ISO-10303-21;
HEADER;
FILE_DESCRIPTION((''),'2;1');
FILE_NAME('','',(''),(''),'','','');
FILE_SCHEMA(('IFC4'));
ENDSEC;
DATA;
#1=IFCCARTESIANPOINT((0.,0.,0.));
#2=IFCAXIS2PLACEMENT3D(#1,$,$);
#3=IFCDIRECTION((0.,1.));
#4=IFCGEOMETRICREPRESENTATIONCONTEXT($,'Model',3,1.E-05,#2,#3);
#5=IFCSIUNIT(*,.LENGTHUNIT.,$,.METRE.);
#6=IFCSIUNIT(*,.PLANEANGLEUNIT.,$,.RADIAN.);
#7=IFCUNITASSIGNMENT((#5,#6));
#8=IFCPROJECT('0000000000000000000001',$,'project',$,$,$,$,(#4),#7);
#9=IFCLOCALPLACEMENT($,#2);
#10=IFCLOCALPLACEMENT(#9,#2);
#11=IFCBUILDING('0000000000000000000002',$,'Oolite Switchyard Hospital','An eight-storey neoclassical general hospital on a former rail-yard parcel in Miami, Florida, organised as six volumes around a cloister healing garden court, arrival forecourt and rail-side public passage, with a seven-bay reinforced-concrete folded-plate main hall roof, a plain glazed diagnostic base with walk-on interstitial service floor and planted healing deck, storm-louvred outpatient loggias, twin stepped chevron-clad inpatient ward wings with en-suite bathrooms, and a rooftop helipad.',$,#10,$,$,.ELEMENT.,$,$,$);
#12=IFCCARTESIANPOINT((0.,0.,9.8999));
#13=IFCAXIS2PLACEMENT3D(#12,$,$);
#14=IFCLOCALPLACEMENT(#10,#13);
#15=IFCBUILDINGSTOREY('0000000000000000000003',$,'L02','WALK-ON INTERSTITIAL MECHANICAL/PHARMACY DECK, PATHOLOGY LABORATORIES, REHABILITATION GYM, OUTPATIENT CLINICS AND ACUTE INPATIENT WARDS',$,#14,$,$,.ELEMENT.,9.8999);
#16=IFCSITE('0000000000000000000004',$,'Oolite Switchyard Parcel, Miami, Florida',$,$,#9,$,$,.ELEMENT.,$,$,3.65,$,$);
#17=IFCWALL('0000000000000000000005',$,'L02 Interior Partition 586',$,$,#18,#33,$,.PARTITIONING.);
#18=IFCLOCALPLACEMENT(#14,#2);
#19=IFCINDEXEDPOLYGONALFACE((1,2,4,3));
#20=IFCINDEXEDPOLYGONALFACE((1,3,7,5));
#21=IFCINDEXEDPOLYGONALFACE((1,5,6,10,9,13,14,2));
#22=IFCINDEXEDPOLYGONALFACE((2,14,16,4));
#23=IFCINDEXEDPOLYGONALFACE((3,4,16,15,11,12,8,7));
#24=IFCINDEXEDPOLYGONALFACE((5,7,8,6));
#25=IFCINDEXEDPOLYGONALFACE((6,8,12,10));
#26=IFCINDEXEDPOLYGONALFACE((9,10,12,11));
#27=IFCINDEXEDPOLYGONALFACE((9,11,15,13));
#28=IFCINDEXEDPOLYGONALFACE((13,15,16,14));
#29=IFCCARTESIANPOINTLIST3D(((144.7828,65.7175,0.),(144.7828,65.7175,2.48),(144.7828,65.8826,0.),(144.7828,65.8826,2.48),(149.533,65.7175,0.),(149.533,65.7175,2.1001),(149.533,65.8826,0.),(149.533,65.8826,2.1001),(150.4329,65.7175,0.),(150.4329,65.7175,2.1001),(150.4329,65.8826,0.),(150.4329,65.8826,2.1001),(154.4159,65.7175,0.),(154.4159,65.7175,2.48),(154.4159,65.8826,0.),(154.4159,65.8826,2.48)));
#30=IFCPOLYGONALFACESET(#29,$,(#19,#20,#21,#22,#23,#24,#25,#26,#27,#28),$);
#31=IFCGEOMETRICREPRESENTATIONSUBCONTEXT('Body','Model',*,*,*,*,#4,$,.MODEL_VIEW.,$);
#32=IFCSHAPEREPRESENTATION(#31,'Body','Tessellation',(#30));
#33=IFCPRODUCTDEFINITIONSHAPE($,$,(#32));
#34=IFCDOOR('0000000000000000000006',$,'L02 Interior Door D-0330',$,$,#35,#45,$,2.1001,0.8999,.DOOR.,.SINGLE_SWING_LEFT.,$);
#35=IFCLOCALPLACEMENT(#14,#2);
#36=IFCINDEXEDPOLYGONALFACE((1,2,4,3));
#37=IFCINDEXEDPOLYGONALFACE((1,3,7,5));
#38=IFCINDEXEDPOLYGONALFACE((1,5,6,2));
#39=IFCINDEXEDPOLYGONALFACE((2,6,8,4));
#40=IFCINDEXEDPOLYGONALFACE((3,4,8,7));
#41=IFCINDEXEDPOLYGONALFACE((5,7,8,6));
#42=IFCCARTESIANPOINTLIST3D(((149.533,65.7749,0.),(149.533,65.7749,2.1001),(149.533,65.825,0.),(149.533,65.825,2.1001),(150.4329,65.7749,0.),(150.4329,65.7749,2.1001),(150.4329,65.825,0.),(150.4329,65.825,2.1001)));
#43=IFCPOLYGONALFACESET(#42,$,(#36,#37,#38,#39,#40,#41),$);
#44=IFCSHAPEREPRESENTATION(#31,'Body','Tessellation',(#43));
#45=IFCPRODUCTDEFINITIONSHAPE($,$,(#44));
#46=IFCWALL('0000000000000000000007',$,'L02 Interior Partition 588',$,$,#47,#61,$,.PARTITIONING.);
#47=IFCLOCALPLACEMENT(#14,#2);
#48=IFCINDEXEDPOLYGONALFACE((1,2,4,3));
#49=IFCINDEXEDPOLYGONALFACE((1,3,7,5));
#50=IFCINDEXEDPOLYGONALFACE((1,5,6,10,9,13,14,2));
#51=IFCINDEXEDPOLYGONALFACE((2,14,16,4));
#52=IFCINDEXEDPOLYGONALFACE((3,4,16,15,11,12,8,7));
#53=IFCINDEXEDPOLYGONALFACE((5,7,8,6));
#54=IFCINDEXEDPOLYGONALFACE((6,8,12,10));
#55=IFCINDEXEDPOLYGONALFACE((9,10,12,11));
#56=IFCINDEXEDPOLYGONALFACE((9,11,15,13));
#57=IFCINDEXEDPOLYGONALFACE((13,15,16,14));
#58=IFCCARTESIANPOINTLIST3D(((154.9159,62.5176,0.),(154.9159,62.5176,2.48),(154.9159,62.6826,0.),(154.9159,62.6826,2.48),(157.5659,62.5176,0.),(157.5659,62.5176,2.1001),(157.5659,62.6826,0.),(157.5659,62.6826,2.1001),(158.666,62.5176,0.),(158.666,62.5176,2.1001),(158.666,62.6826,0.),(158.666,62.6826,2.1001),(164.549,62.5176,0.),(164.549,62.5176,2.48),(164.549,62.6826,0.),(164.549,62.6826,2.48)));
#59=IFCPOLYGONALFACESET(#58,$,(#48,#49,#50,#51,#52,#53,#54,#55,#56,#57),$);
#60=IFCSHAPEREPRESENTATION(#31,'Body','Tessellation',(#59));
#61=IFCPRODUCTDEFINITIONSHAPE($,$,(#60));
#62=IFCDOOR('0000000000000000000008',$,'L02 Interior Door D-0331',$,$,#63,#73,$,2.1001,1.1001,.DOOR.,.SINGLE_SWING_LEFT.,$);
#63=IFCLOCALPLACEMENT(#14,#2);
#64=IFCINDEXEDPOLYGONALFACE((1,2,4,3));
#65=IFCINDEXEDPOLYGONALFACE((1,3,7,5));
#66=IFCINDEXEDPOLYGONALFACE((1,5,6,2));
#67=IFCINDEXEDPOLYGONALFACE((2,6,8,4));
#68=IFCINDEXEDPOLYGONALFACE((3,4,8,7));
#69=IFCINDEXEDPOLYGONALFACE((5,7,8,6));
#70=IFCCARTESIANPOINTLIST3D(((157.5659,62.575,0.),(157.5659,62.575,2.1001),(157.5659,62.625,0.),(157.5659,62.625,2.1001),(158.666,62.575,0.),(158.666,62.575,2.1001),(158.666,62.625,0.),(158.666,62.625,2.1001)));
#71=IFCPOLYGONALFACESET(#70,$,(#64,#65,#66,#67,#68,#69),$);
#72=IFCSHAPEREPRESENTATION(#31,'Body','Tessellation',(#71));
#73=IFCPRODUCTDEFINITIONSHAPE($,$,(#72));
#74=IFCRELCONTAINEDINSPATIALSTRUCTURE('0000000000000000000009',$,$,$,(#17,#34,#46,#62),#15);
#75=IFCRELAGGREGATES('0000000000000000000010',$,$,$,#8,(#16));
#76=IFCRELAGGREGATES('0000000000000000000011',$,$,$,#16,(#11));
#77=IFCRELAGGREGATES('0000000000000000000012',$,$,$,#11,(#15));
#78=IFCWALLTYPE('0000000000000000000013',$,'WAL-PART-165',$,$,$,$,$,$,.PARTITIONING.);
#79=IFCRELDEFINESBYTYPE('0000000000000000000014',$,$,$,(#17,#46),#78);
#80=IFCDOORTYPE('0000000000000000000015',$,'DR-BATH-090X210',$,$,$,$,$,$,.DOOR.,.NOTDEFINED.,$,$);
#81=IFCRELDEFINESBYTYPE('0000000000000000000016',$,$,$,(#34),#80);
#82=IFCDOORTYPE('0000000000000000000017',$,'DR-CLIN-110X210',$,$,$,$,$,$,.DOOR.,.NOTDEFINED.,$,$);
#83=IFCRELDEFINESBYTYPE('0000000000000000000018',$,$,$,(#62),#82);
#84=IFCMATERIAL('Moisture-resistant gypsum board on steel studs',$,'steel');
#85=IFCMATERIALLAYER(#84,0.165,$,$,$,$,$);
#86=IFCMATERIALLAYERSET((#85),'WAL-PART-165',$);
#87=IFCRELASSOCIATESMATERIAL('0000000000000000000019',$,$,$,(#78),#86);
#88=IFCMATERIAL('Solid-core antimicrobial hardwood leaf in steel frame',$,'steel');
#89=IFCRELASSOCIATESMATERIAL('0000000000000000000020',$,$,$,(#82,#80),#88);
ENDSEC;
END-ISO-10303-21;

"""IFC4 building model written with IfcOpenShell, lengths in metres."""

from ifc_helpers import new_model, si_unit, direction, frame, frame_2d, origin, place, context, subcontext, project, spatial, rectangle, extrude, material, layer, layer_set, type_object, element, fill, save


model = new_model("IFC4")

# Units and contexts
model_context = context("Model", 3, precision=1e-05, world=origin(), true_north=direction((0.0, 1.0)))
body_context = subcontext(model_context, "Body", "Model", "MODEL_VIEW")
ifc_project = project(units=[si_unit("LENGTHUNIT", "METRE"), si_unit("PLANEANGLEUNIT", "RADIAN")], contexts=[model_context])

# Site, building, storey
site_placement = place(None, origin())
site = spatial("IfcSite", under=ifc_project, at=site_placement, Name="Oolite Switchyard Parcel, Miami, Florida", CompositionType="ELEMENT", RefElevation=3.65)
building_placement = place(site_placement, origin())
building = spatial("IfcBuilding", under=site, at=building_placement, Name="Oolite Switchyard Hospital", Description="An eight-storey neoclassical general hospital on a former rail-yard parcel in Miami, Florida, organised as six volumes around a cloister healing garden court, arrival forecourt and rail-side public passage, with a seven-bay reinforced-concrete folded-plate main hall roof, a plain glazed diagnostic base with walk-on interstitial service floor and planted healing deck, storm-louvred outpatient loggias, twin stepped chevron-clad inpatient ward wings with en-suite bathrooms, and a rooftop helipad.", CompositionType="ELEMENT")
storey_placement = place(building_placement, frame((0.0, 0.0, 9.8999)))
storey = spatial("IfcBuildingStorey", under=building, at=storey_placement, Name="L02", Description="WALK-ON INTERSTITIAL MECHANICAL/PHARMACY DECK, PATHOLOGY LABORATORIES, REHABILITATION GYM, OUTPATIENT CLINICS AND ACUTE INPATIENT WARDS", CompositionType="ELEMENT", Elevation=9.8999)

# Shared definitions
ifc_material_1 = material(Name="Moisture-resistant gypsum board on steel studs", Category="steel")

# Walls, openings, doors
ifc_layer_1 = layer(ifc_material_1, 0.165)
ifc_layer_set_1 = layer_set([ifc_layer_1], Name="WAL-PART-165")
wall_type_1 = type_object("IfcWallType", Name="WAL-PART-165", PredefinedType="PARTITIONING", material=ifc_layer_set_1)
ifc_material_2 = material(Name="Solid-core antimicrobial hardwood leaf in steel frame", Category="steel")
door_type_1 = type_object("IfcDoorType", Name="DR-CLIN-110X210", OperationType="NOTDEFINED", PredefinedType="DOOR", material=ifc_material_2)
wall_1_placement = place(storey_placement, frame((144.783, 65.8, 0.0), z_axis=(0.0, 0.0, 1.0), x_axis=(1.0, 0.0, 0.0)))
wall_1 = element("IfcWall", 1, at=wall_1_placement, inside=storey, type_object=wall_type_1, Name="L02 Interior Partition 586", PredefinedType="PARTITIONING", context=body_context, shape_type="SweptSolid", body=[
    extrude(rectangle(XDim=9.6331, YDim=0.165, at=frame_2d((4.8164, 0.0))), origin(), (0.0, 0.0, 1.0), 2.48),
])
opening_1_placement = place(wall_1_placement, frame((4.75, 0.0, 0.0)))
opening_1 = element("IfcOpeningElement", 2, at=opening_1_placement, cuts=wall_1, PredefinedType="OPENING", context=body_context, shape_type="SweptSolid", body=[
    extrude(rectangle(XDim=0.8999, YDim=2.1001, at=frame_2d((0.45, 1.05))), frame((0.0, 0.0925, 0.0), z_axis=(0.0, -1.0, 0.0), x_axis=(1.0, 0.0, 0.0)), (0.0, 0.0, 1.0), 0.1851),
])
door_type_2 = type_object("IfcDoorType", Name="DR-BATH-090X210", OperationType="NOTDEFINED", PredefinedType="DOOR", material=ifc_material_2)
door_1_placement = place(opening_1_placement, origin())
door_1 = element("IfcDoor", 3, at=door_1_placement, inside=storey, type_object=door_type_2, Name="L02 Interior Door D-0330", OperationType="SINGLE_SWING_LEFT", OverallHeight=2.1001, OverallWidth=0.8999, PredefinedType="DOOR", context=body_context, shape_type="SweptSolid", body=[
    extrude(rectangle(XDim=0.8999, YDim=2.1001, at=frame_2d((0.45, 1.05))), frame((0.0, 0.0249, 0.0), z_axis=(0.0, -1.0, 0.0), x_axis=(1.0, 0.0, 0.0)), (0.0, 0.0, 1.0), 0.05),
])
fill(opening_1, door_1)
wall_2_placement = place(storey_placement, frame((154.916, 62.6001, 0.0), z_axis=(0.0, 0.0, 1.0), x_axis=(1.0, 0.0, 0.0)))
wall_2 = element("IfcWall", 4, at=wall_2_placement, inside=storey, type_object=wall_type_1, Name="L02 Interior Partition 588", PredefinedType="PARTITIONING", context=body_context, shape_type="SweptSolid", body=[
    extrude(rectangle(XDim=9.6331, YDim=0.165, at=frame_2d((4.8164, 0.0))), origin(), (0.0, 0.0, 1.0), 2.48),
])
opening_2_placement = place(wall_2_placement, frame((2.6499, 0.0, 0.0)))
opening_2 = element("IfcOpeningElement", 5, at=opening_2_placement, cuts=wall_2, PredefinedType="OPENING", context=body_context, shape_type="SweptSolid", body=[
    extrude(rectangle(XDim=1.1001, YDim=2.1001, at=frame_2d((0.55, 1.05))), frame((0.0, 0.0925, 0.0), z_axis=(0.0, -1.0, 0.0), x_axis=(1.0, 0.0, 0.0)), (0.0, 0.0, 1.0), 0.1851),
])
door_2_placement = place(opening_2_placement, origin())
door_2 = element("IfcDoor", 6, at=door_2_placement, inside=storey, type_object=door_type_1, Name="L02 Interior Door D-0331", OperationType="SINGLE_SWING_LEFT", OverallHeight=2.1001, OverallWidth=1.1001, PredefinedType="DOOR", context=body_context, shape_type="SweptSolid", body=[
    extrude(rectangle(XDim=1.1001, YDim=2.1001, at=frame_2d((0.55, 1.05))), frame((0.0, 0.0249, 0.0), z_axis=(0.0, -1.0, 0.0), x_axis=(1.0, 0.0, 0.0)), (0.0, 0.0, 1.0), 0.05),
])
fill(opening_2, door_2)

save(model, "model.ifc")
